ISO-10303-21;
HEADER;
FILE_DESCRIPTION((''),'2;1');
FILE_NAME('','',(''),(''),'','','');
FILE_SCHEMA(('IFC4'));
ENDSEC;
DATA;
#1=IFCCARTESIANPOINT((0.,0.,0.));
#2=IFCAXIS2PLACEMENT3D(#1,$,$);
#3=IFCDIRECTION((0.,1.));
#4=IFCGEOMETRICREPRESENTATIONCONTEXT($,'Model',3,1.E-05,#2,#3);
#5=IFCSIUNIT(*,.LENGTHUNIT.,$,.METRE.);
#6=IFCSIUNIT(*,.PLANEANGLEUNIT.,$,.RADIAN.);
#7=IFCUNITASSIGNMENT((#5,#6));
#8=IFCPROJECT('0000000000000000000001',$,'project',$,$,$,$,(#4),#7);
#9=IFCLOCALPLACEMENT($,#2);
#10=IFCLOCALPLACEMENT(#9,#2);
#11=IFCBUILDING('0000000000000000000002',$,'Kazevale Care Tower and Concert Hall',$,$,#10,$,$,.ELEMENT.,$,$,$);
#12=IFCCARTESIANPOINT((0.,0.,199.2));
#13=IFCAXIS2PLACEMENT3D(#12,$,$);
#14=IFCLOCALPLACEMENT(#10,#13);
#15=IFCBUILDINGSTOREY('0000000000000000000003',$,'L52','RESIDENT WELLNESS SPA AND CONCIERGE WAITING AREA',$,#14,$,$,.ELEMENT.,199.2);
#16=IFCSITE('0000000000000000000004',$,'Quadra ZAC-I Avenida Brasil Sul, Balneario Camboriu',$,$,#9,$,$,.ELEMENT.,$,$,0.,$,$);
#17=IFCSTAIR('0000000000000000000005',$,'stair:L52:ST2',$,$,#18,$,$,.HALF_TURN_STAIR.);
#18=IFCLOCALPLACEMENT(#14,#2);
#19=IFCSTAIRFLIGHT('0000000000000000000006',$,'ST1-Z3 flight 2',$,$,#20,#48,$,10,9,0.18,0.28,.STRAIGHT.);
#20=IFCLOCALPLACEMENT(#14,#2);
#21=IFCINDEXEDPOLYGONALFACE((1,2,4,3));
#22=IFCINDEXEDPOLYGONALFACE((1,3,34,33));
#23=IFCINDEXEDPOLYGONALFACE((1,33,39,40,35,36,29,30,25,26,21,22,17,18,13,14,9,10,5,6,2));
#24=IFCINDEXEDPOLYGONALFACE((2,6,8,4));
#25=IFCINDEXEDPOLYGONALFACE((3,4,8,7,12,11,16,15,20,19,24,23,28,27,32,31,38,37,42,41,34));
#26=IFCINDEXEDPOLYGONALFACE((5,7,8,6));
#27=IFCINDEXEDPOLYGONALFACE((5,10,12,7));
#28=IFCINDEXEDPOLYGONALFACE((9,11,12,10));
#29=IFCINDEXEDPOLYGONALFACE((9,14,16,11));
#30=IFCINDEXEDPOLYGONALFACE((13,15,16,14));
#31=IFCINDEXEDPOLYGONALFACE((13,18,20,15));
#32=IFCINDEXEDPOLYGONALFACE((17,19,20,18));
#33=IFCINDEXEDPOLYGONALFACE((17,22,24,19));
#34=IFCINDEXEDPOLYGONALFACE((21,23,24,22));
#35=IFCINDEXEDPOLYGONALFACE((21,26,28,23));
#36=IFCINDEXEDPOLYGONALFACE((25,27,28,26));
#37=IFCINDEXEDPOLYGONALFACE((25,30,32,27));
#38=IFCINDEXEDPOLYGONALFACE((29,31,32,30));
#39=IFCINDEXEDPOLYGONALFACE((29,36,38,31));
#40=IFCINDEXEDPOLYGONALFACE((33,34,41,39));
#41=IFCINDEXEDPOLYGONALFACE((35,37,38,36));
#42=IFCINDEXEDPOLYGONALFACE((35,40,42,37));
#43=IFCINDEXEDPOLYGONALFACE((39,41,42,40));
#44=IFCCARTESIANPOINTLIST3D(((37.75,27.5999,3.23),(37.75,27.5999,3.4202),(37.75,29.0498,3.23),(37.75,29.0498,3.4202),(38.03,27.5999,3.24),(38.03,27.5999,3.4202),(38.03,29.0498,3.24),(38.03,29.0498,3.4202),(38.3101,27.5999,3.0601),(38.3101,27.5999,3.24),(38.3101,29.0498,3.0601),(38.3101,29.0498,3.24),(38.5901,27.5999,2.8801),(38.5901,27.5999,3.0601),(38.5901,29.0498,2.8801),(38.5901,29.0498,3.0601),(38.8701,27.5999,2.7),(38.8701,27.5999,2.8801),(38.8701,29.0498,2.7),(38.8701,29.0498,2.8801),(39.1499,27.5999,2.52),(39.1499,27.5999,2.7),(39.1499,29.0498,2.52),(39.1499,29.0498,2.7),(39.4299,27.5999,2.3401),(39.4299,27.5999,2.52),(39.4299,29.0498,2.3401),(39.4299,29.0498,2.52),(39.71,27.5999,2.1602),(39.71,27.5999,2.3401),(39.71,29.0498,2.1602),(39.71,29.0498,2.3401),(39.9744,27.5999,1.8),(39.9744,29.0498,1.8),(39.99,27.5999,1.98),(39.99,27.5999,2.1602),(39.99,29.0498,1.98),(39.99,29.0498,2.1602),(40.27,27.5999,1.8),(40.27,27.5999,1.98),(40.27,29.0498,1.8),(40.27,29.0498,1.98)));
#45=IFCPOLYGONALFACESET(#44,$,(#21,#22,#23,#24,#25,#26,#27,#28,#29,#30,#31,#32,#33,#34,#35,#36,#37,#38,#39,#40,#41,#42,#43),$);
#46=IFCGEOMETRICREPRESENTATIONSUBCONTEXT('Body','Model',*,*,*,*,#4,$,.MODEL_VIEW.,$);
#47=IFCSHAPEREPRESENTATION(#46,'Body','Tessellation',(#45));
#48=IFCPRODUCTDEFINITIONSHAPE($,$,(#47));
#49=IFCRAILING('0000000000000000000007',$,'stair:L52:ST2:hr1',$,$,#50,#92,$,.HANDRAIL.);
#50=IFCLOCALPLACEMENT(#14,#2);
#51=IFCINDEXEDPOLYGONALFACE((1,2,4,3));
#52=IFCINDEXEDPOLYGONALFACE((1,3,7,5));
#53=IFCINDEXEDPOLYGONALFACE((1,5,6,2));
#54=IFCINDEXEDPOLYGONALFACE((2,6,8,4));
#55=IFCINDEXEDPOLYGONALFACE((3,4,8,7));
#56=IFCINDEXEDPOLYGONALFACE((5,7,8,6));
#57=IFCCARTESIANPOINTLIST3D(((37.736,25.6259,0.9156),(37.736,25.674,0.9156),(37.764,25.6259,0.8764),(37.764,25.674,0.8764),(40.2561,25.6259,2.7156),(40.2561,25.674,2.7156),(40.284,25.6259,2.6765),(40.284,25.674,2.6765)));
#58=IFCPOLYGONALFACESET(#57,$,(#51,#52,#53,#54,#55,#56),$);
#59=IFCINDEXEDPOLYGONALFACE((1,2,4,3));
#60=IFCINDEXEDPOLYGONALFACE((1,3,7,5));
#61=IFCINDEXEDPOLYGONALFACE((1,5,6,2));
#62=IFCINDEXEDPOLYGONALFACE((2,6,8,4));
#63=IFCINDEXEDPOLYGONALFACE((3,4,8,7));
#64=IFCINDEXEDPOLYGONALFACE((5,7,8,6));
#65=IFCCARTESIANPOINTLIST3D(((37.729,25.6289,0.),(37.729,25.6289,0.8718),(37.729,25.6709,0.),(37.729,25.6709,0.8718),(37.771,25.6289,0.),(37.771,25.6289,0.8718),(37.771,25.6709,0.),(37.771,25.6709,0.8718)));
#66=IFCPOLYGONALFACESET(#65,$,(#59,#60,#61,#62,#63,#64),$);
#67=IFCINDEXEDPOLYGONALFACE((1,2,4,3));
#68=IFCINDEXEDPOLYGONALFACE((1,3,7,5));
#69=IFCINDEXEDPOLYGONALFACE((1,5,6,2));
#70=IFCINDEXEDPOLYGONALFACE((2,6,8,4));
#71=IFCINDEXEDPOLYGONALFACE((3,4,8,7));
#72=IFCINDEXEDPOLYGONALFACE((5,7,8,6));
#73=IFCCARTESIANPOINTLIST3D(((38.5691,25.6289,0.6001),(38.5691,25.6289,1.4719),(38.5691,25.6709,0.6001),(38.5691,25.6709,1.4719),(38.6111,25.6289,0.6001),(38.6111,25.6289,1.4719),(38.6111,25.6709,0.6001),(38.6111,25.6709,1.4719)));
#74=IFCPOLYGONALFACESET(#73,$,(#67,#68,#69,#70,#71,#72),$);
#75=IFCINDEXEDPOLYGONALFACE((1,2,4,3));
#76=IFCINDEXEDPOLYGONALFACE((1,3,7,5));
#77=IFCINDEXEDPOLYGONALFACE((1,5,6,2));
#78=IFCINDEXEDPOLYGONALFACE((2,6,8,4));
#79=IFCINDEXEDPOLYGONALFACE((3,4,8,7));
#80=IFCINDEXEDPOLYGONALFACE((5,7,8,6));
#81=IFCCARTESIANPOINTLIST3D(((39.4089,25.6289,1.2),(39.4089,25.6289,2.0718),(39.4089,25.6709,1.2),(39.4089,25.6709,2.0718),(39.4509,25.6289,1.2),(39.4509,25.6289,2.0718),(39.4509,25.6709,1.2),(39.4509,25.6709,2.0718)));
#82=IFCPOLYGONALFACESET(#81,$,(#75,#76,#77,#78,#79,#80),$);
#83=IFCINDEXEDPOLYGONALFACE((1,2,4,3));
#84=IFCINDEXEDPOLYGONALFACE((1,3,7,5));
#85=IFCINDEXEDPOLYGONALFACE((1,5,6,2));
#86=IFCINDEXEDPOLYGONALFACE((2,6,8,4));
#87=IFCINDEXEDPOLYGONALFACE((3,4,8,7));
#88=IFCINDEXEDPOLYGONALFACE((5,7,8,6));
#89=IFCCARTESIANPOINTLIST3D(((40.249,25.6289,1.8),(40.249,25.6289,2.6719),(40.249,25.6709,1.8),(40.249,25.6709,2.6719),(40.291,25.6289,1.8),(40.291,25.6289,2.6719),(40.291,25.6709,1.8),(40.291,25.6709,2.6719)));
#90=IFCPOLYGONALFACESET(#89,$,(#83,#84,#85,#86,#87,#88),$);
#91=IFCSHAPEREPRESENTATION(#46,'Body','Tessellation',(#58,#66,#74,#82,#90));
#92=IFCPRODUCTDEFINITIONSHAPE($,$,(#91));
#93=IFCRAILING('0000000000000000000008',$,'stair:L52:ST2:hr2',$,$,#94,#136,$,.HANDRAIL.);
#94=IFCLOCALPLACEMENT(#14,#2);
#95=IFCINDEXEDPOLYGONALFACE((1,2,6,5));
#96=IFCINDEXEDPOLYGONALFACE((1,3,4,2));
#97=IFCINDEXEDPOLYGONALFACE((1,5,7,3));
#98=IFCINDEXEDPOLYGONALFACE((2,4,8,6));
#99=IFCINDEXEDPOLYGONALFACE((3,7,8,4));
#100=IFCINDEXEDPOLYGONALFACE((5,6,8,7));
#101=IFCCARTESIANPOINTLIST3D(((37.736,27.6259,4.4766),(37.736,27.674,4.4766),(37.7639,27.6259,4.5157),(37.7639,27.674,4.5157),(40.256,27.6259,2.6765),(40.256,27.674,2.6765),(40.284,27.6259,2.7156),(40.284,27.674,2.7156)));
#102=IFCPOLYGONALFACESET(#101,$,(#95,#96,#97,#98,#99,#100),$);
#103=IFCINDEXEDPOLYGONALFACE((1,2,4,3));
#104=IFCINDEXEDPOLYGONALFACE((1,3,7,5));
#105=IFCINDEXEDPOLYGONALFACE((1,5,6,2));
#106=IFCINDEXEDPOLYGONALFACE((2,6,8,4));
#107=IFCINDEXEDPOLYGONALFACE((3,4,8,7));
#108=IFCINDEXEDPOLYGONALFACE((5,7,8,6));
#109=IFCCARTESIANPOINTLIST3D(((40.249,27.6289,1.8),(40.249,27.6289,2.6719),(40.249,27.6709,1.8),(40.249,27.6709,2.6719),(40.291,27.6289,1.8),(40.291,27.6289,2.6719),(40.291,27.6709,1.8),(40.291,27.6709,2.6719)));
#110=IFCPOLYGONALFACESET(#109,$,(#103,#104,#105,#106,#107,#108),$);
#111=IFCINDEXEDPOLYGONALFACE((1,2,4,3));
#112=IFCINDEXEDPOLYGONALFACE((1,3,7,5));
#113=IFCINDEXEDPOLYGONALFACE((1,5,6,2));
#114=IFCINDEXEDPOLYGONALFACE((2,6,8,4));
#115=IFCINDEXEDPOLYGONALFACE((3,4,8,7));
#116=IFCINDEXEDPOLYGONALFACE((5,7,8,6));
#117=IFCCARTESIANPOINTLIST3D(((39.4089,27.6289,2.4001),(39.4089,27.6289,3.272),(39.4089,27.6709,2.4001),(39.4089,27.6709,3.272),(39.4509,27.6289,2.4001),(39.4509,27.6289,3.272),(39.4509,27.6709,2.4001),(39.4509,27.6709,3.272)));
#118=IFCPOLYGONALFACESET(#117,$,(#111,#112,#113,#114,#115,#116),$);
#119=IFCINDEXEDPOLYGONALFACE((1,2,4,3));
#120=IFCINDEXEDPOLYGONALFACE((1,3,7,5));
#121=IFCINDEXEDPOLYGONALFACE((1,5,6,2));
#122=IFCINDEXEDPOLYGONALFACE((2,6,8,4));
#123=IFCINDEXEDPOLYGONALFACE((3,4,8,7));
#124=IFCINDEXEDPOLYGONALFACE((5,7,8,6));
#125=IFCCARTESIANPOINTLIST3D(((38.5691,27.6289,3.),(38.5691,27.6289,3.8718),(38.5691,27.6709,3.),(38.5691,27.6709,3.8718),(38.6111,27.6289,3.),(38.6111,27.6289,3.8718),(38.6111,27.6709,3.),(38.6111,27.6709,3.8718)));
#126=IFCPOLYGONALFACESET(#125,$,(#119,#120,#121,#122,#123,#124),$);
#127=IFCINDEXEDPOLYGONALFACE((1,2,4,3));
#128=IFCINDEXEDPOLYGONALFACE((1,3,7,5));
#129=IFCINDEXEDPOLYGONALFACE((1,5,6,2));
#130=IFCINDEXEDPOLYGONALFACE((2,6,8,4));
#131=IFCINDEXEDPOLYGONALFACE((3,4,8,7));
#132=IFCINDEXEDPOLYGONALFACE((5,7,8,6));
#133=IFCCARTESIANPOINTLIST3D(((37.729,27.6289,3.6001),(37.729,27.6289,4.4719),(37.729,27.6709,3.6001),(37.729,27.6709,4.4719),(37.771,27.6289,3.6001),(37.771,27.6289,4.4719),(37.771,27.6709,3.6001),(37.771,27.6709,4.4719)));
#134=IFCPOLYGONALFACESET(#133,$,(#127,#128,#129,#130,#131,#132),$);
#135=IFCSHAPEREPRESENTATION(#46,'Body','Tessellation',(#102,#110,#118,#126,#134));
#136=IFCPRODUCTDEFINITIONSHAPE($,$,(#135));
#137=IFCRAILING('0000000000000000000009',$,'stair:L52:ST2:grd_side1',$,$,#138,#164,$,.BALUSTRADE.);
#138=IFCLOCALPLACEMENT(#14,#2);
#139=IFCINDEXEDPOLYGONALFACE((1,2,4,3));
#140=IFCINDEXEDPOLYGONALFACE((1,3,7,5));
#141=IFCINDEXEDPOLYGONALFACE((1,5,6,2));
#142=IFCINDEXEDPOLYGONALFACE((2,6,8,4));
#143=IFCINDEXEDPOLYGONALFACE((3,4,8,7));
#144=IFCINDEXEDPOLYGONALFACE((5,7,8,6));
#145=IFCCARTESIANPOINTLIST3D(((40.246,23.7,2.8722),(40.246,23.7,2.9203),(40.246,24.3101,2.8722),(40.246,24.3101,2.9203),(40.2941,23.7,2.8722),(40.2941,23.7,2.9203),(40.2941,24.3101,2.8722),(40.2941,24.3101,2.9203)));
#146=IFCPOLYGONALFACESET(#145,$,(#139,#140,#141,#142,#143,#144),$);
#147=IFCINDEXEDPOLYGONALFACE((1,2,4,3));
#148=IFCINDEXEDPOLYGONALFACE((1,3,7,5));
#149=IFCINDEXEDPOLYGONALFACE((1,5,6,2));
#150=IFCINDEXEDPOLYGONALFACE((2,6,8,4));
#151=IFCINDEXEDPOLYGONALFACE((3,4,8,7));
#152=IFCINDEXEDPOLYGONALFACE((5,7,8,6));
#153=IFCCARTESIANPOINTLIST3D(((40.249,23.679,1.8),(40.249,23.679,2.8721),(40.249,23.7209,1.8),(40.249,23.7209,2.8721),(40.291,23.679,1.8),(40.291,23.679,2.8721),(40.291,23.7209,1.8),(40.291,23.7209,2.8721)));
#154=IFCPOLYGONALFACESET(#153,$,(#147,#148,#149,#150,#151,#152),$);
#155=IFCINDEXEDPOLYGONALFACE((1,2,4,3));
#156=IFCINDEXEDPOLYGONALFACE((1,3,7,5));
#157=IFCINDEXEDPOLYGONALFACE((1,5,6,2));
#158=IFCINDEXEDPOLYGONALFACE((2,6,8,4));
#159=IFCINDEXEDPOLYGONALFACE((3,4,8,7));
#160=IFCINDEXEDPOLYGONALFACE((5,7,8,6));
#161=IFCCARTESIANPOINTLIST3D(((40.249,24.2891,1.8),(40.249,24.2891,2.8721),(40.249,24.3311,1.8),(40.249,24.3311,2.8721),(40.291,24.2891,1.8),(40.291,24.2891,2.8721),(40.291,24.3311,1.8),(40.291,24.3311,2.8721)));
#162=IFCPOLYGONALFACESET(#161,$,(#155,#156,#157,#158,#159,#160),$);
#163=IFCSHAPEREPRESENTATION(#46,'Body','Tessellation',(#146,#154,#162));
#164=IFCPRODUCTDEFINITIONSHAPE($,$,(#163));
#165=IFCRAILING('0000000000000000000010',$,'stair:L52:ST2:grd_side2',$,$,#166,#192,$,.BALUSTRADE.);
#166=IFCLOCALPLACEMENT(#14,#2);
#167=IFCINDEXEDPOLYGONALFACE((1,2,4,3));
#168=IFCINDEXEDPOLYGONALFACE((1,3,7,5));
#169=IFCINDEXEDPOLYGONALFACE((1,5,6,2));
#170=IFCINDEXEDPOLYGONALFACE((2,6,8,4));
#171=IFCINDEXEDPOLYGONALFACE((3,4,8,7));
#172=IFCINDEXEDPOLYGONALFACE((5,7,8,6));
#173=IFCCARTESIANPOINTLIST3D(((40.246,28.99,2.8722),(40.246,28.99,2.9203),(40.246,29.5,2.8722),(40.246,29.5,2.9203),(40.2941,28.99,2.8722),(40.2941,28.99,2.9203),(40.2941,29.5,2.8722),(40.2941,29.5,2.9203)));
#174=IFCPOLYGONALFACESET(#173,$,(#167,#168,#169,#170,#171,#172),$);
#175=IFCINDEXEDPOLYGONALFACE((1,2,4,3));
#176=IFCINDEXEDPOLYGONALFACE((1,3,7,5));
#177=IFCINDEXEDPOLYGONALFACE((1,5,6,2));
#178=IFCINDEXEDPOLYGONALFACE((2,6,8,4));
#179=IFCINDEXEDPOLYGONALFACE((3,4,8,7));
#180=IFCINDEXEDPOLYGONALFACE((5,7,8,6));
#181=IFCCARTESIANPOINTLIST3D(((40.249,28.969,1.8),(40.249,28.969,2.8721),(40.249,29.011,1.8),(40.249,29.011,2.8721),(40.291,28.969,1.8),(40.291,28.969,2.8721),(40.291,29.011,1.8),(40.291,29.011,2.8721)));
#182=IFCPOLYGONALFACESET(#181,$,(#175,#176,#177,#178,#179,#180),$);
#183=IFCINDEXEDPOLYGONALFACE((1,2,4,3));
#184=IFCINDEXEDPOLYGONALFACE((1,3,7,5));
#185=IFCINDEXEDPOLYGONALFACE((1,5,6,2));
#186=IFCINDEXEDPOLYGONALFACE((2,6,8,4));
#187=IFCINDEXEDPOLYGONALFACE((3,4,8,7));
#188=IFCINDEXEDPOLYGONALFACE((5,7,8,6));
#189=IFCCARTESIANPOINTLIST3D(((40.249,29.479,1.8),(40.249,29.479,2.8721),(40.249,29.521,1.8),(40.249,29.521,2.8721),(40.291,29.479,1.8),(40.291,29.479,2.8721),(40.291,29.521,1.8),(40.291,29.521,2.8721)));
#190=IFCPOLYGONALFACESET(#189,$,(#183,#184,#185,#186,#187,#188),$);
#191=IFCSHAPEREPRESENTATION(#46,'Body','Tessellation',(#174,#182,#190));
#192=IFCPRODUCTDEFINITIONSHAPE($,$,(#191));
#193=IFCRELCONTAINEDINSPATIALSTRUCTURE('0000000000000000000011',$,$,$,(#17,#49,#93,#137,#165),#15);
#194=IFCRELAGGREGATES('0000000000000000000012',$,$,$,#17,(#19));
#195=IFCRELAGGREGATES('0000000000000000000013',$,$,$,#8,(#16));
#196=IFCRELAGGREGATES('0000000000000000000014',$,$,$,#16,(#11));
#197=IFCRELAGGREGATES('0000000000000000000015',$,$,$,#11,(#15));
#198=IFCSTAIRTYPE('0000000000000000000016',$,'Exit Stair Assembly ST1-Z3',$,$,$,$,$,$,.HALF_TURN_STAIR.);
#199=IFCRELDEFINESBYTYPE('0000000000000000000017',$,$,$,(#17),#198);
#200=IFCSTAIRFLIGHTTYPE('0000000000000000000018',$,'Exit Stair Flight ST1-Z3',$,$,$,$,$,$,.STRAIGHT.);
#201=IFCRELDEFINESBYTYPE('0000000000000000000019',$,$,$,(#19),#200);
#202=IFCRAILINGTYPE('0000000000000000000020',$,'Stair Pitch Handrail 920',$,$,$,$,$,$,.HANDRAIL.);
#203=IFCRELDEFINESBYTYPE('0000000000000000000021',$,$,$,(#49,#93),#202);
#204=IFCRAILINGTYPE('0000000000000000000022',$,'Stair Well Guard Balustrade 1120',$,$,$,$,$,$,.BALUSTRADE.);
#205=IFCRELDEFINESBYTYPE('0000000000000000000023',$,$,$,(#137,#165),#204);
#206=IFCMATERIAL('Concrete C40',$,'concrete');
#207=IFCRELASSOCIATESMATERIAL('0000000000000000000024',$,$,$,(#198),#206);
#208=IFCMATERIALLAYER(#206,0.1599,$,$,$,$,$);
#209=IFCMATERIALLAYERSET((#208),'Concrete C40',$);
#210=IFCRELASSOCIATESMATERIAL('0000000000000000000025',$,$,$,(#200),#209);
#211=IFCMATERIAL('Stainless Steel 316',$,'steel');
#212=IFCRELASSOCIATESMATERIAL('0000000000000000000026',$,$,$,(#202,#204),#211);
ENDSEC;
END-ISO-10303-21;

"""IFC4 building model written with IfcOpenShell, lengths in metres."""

from ifc_helpers import new_model, si_unit, direction, frame, origin, origin_2d, place, context, subcontext, project, spatial, polyline, rectangle, outline, extrude, material, layer, layer_set, type_object, element, aggregate, save


model = new_model("IFC4")

# Units and contexts
model_context = context("Model", 3, precision=1e-05, world=origin(), true_north=direction((0.0, 1.0)))
body_context = subcontext(model_context, "Body", "Model", "MODEL_VIEW")
ifc_project = project(units=[si_unit("LENGTHUNIT", "METRE"), si_unit("PLANEANGLEUNIT", "RADIAN")], contexts=[model_context])

# Site, building, storey
site_placement = place(None, origin())
site = spatial("IfcSite", under=ifc_project, at=site_placement, Name="Quadra ZAC-I Avenida Brasil Sul, Balneario Camboriu", CompositionType="ELEMENT", RefElevation=0.0)
building_placement = place(site_placement, origin())
building = spatial("IfcBuilding", under=site, at=building_placement, Name="Kazevale Care Tower and Concert Hall", CompositionType="ELEMENT")
storey_placement = place(building_placement, frame((0.0, 0.0, 199.2)))
storey = spatial("IfcBuildingStorey", under=building, at=storey_placement, Name="L52", Description="RESIDENT WELLNESS SPA AND CONCIERGE WAITING AREA", CompositionType="ELEMENT", Elevation=199.2)

# Shared definitions
ifc_material_1 = material(Name="Concrete C40", Category="concrete")

# Stair, stair flight
stair_type = type_object("IfcStairType", Name="Exit Stair Assembly ST1-Z3", PredefinedType="HALF_TURN_STAIR", material=ifc_material_1)
stair_placement = place(storey_placement, origin())
stair = element("IfcStair", 1, at=stair_placement, inside=storey, type_object=stair_type, Name="stair:L52:ST2", PredefinedType="HALF_TURN_STAIR")
ifc_layer_1 = layer(ifc_material_1, 0.1599)
ifc_layer_set_1 = layer_set([ifc_layer_1], Name="Concrete C40")
stair_flight_type = type_object("IfcStairFlightType", Name="Exit Stair Flight ST1-Z3", PredefinedType="STRAIGHT", material=ifc_layer_set_1)
stair_flight_1_placement = place(storey_placement, frame((40.27, 28.325, 1.8), z_axis=(0.0, 0.0, 1.0), x_axis=(-1.0, 0.0, 0.0)))
stair_flight_1 = element("IfcStairFlight", 2, at=stair_flight_1_placement, type_object=stair_flight_type, Name="ST1-Z3 flight 2", NumberOfRisers=10, NumberOfTreads=9, PredefinedType="STRAIGHT", RiserHeight=0.18, TreadLength=0.28, context=body_context, shape_type="SweptSolid", body=[
    extrude(outline(polyline([(0.0, 0.0), (0.0, 0.1799), (0.28, 0.1799), (0.28, 0.3601), (0.5601, 0.3601), (0.5601, 0.54), (0.8401, 0.54), (0.8401, 0.72), (1.1201, 0.72), (1.1201, 0.8999), (1.3999, 0.8999), (1.3999, 1.0801), (1.6799, 1.0801), (1.6799, 1.26), (1.96, 1.26), (1.96, 1.4399), (2.24, 1.4399), (2.24, 1.6201), (2.52, 1.6201), (2.52, 1.8), (2.52, 1.4299), (0.2957, 0.0), (0.0, 0.0)])), frame((0.0, 0.7251, 0.0), z_axis=(0.0, -1.0, 0.0), x_axis=(1.0, 0.0, 0.0)), (0.0, 0.0, 1.0), 1.45),
])
aggregate(stair, [stair_flight_1])

# Railings
ifc_material_2 = material(Name="Stainless Steel 316", Category="steel")
railing_type_1 = type_object("IfcRailingType", Name="Stair Pitch Handrail 920", PredefinedType="HANDRAIL", material=ifc_material_2)
railing_1_placement = place(storey_placement, frame((37.75, 25.6499, 0.0)))
element("IfcRailing", 3, at=railing_1_placement, inside=storey, type_object=railing_type_1, Name="stair:L52:ST2:hr1", PredefinedType="HANDRAIL", context=body_context, shape_type="SweptSolid", body=[
    extrude(rectangle(XDim=0.0481, YDim=0.0481, at=origin_2d()), frame((0.0, 0.0, 0.896), z_axis=(0.813728, 0.0, 0.581246), x_axis=(0.0, 1.0, 0.0)), (0.0, 0.0, 1.0), 3.0969),
    extrude(rectangle(XDim=0.042, YDim=0.042, at=origin_2d()), origin(), (0.0, 0.0, 1.0), 0.8718),
    extrude(rectangle(XDim=0.042, YDim=0.042, at=origin_2d()), frame((0.8401, 0.0, 0.6001)), (0.0, 0.0, 1.0), 0.8718),
    extrude(rectangle(XDim=0.042, YDim=0.042, at=origin_2d()), frame((1.6799, 0.0, 1.2)), (0.0, 0.0, 1.0), 0.8718),
    extrude(rectangle(XDim=0.042, YDim=0.042, at=origin_2d()), frame((2.52, 0.0, 1.8)), (0.0, 0.0, 1.0), 0.8718),
])
railing_2_placement = place(storey_placement, frame((40.27, 27.6499, 1.8)))
element("IfcRailing", 4, at=railing_2_placement, inside=storey, type_object=railing_type_1, Name="stair:L52:ST2:hr2", PredefinedType="HANDRAIL", context=body_context, shape_type="SweptSolid", body=[
    extrude(rectangle(XDim=0.0481, YDim=0.0481, at=origin_2d()), frame((0.0, 0.0, 0.896), z_axis=(-0.813728, 0.0, 0.581246), x_axis=(0.0, -1.0, 0.0)), (0.0, 0.0, 1.0), 3.0969),
    extrude(rectangle(XDim=0.042, YDim=0.042, at=origin_2d()), origin(), (0.0, 0.0, 1.0), 0.8718),
    extrude(rectangle(XDim=0.042, YDim=0.042, at=origin_2d()), frame((-0.8401, 0.0, 0.6001)), (0.0, 0.0, 1.0), 0.8718),
    extrude(rectangle(XDim=0.042, YDim=0.042, at=origin_2d()), frame((-1.6799, 0.0, 1.2)), (0.0, 0.0, 1.0), 0.8718),
    extrude(rectangle(XDim=0.042, YDim=0.042, at=origin_2d()), frame((-2.52, 0.0, 1.8)), (0.0, 0.0, 1.0), 0.8718),
])
railing_type_2 = type_object("IfcRailingType", Name="Stair Well Guard Balustrade 1120", PredefinedType="BALUSTRADE", material=ifc_material_2)
railing_3_placement = place(storey_placement, frame((40.27, 23.7, 1.8)))
element("IfcRailing", 5, at=railing_3_placement, inside=storey, type_object=railing_type_2, Name="stair:L52:ST2:grd_side1", PredefinedType="BALUSTRADE", context=body_context, shape_type="SweptSolid", body=[
    extrude(rectangle(XDim=0.0481, YDim=0.0481, at=origin_2d()), frame((0.0, 0.0, 1.0962), z_axis=(0.0, 1.0, 0.0), x_axis=(-1.0, 0.0, 0.0)), (0.0, 0.0, 1.0), 0.6101),
    extrude(rectangle(XDim=0.042, YDim=0.042, at=origin_2d()), origin(), (0.0, 0.0, 1.0), 1.072),
    extrude(rectangle(XDim=0.042, YDim=0.042, at=origin_2d()), frame((0.0, 0.6101, 0.0)), (0.0, 0.0, 1.0), 1.072),
])
railing_4_placement = place(storey_placement, frame((40.27, 28.99, 1.8)))
element("IfcRailing", 6, at=railing_4_placement, inside=storey, type_object=railing_type_2, Name="stair:L52:ST2:grd_side2", PredefinedType="BALUSTRADE", context=body_context, shape_type="SweptSolid", body=[
    extrude(rectangle(XDim=0.0481, YDim=0.0481, at=origin_2d()), frame((0.0, 0.0, 1.0962), z_axis=(0.0, 1.0, 0.0), x_axis=(-1.0, 0.0, 0.0)), (0.0, 0.0, 1.0), 0.51),
    extrude(rectangle(XDim=0.042, YDim=0.042, at=origin_2d()), origin(), (0.0, 0.0, 1.0), 1.072),
    extrude(rectangle(XDim=0.042, YDim=0.042, at=origin_2d()), frame((0.0, 0.51, 0.0)), (0.0, 0.0, 1.0), 1.072),
])

save(model, "model.ifc")
